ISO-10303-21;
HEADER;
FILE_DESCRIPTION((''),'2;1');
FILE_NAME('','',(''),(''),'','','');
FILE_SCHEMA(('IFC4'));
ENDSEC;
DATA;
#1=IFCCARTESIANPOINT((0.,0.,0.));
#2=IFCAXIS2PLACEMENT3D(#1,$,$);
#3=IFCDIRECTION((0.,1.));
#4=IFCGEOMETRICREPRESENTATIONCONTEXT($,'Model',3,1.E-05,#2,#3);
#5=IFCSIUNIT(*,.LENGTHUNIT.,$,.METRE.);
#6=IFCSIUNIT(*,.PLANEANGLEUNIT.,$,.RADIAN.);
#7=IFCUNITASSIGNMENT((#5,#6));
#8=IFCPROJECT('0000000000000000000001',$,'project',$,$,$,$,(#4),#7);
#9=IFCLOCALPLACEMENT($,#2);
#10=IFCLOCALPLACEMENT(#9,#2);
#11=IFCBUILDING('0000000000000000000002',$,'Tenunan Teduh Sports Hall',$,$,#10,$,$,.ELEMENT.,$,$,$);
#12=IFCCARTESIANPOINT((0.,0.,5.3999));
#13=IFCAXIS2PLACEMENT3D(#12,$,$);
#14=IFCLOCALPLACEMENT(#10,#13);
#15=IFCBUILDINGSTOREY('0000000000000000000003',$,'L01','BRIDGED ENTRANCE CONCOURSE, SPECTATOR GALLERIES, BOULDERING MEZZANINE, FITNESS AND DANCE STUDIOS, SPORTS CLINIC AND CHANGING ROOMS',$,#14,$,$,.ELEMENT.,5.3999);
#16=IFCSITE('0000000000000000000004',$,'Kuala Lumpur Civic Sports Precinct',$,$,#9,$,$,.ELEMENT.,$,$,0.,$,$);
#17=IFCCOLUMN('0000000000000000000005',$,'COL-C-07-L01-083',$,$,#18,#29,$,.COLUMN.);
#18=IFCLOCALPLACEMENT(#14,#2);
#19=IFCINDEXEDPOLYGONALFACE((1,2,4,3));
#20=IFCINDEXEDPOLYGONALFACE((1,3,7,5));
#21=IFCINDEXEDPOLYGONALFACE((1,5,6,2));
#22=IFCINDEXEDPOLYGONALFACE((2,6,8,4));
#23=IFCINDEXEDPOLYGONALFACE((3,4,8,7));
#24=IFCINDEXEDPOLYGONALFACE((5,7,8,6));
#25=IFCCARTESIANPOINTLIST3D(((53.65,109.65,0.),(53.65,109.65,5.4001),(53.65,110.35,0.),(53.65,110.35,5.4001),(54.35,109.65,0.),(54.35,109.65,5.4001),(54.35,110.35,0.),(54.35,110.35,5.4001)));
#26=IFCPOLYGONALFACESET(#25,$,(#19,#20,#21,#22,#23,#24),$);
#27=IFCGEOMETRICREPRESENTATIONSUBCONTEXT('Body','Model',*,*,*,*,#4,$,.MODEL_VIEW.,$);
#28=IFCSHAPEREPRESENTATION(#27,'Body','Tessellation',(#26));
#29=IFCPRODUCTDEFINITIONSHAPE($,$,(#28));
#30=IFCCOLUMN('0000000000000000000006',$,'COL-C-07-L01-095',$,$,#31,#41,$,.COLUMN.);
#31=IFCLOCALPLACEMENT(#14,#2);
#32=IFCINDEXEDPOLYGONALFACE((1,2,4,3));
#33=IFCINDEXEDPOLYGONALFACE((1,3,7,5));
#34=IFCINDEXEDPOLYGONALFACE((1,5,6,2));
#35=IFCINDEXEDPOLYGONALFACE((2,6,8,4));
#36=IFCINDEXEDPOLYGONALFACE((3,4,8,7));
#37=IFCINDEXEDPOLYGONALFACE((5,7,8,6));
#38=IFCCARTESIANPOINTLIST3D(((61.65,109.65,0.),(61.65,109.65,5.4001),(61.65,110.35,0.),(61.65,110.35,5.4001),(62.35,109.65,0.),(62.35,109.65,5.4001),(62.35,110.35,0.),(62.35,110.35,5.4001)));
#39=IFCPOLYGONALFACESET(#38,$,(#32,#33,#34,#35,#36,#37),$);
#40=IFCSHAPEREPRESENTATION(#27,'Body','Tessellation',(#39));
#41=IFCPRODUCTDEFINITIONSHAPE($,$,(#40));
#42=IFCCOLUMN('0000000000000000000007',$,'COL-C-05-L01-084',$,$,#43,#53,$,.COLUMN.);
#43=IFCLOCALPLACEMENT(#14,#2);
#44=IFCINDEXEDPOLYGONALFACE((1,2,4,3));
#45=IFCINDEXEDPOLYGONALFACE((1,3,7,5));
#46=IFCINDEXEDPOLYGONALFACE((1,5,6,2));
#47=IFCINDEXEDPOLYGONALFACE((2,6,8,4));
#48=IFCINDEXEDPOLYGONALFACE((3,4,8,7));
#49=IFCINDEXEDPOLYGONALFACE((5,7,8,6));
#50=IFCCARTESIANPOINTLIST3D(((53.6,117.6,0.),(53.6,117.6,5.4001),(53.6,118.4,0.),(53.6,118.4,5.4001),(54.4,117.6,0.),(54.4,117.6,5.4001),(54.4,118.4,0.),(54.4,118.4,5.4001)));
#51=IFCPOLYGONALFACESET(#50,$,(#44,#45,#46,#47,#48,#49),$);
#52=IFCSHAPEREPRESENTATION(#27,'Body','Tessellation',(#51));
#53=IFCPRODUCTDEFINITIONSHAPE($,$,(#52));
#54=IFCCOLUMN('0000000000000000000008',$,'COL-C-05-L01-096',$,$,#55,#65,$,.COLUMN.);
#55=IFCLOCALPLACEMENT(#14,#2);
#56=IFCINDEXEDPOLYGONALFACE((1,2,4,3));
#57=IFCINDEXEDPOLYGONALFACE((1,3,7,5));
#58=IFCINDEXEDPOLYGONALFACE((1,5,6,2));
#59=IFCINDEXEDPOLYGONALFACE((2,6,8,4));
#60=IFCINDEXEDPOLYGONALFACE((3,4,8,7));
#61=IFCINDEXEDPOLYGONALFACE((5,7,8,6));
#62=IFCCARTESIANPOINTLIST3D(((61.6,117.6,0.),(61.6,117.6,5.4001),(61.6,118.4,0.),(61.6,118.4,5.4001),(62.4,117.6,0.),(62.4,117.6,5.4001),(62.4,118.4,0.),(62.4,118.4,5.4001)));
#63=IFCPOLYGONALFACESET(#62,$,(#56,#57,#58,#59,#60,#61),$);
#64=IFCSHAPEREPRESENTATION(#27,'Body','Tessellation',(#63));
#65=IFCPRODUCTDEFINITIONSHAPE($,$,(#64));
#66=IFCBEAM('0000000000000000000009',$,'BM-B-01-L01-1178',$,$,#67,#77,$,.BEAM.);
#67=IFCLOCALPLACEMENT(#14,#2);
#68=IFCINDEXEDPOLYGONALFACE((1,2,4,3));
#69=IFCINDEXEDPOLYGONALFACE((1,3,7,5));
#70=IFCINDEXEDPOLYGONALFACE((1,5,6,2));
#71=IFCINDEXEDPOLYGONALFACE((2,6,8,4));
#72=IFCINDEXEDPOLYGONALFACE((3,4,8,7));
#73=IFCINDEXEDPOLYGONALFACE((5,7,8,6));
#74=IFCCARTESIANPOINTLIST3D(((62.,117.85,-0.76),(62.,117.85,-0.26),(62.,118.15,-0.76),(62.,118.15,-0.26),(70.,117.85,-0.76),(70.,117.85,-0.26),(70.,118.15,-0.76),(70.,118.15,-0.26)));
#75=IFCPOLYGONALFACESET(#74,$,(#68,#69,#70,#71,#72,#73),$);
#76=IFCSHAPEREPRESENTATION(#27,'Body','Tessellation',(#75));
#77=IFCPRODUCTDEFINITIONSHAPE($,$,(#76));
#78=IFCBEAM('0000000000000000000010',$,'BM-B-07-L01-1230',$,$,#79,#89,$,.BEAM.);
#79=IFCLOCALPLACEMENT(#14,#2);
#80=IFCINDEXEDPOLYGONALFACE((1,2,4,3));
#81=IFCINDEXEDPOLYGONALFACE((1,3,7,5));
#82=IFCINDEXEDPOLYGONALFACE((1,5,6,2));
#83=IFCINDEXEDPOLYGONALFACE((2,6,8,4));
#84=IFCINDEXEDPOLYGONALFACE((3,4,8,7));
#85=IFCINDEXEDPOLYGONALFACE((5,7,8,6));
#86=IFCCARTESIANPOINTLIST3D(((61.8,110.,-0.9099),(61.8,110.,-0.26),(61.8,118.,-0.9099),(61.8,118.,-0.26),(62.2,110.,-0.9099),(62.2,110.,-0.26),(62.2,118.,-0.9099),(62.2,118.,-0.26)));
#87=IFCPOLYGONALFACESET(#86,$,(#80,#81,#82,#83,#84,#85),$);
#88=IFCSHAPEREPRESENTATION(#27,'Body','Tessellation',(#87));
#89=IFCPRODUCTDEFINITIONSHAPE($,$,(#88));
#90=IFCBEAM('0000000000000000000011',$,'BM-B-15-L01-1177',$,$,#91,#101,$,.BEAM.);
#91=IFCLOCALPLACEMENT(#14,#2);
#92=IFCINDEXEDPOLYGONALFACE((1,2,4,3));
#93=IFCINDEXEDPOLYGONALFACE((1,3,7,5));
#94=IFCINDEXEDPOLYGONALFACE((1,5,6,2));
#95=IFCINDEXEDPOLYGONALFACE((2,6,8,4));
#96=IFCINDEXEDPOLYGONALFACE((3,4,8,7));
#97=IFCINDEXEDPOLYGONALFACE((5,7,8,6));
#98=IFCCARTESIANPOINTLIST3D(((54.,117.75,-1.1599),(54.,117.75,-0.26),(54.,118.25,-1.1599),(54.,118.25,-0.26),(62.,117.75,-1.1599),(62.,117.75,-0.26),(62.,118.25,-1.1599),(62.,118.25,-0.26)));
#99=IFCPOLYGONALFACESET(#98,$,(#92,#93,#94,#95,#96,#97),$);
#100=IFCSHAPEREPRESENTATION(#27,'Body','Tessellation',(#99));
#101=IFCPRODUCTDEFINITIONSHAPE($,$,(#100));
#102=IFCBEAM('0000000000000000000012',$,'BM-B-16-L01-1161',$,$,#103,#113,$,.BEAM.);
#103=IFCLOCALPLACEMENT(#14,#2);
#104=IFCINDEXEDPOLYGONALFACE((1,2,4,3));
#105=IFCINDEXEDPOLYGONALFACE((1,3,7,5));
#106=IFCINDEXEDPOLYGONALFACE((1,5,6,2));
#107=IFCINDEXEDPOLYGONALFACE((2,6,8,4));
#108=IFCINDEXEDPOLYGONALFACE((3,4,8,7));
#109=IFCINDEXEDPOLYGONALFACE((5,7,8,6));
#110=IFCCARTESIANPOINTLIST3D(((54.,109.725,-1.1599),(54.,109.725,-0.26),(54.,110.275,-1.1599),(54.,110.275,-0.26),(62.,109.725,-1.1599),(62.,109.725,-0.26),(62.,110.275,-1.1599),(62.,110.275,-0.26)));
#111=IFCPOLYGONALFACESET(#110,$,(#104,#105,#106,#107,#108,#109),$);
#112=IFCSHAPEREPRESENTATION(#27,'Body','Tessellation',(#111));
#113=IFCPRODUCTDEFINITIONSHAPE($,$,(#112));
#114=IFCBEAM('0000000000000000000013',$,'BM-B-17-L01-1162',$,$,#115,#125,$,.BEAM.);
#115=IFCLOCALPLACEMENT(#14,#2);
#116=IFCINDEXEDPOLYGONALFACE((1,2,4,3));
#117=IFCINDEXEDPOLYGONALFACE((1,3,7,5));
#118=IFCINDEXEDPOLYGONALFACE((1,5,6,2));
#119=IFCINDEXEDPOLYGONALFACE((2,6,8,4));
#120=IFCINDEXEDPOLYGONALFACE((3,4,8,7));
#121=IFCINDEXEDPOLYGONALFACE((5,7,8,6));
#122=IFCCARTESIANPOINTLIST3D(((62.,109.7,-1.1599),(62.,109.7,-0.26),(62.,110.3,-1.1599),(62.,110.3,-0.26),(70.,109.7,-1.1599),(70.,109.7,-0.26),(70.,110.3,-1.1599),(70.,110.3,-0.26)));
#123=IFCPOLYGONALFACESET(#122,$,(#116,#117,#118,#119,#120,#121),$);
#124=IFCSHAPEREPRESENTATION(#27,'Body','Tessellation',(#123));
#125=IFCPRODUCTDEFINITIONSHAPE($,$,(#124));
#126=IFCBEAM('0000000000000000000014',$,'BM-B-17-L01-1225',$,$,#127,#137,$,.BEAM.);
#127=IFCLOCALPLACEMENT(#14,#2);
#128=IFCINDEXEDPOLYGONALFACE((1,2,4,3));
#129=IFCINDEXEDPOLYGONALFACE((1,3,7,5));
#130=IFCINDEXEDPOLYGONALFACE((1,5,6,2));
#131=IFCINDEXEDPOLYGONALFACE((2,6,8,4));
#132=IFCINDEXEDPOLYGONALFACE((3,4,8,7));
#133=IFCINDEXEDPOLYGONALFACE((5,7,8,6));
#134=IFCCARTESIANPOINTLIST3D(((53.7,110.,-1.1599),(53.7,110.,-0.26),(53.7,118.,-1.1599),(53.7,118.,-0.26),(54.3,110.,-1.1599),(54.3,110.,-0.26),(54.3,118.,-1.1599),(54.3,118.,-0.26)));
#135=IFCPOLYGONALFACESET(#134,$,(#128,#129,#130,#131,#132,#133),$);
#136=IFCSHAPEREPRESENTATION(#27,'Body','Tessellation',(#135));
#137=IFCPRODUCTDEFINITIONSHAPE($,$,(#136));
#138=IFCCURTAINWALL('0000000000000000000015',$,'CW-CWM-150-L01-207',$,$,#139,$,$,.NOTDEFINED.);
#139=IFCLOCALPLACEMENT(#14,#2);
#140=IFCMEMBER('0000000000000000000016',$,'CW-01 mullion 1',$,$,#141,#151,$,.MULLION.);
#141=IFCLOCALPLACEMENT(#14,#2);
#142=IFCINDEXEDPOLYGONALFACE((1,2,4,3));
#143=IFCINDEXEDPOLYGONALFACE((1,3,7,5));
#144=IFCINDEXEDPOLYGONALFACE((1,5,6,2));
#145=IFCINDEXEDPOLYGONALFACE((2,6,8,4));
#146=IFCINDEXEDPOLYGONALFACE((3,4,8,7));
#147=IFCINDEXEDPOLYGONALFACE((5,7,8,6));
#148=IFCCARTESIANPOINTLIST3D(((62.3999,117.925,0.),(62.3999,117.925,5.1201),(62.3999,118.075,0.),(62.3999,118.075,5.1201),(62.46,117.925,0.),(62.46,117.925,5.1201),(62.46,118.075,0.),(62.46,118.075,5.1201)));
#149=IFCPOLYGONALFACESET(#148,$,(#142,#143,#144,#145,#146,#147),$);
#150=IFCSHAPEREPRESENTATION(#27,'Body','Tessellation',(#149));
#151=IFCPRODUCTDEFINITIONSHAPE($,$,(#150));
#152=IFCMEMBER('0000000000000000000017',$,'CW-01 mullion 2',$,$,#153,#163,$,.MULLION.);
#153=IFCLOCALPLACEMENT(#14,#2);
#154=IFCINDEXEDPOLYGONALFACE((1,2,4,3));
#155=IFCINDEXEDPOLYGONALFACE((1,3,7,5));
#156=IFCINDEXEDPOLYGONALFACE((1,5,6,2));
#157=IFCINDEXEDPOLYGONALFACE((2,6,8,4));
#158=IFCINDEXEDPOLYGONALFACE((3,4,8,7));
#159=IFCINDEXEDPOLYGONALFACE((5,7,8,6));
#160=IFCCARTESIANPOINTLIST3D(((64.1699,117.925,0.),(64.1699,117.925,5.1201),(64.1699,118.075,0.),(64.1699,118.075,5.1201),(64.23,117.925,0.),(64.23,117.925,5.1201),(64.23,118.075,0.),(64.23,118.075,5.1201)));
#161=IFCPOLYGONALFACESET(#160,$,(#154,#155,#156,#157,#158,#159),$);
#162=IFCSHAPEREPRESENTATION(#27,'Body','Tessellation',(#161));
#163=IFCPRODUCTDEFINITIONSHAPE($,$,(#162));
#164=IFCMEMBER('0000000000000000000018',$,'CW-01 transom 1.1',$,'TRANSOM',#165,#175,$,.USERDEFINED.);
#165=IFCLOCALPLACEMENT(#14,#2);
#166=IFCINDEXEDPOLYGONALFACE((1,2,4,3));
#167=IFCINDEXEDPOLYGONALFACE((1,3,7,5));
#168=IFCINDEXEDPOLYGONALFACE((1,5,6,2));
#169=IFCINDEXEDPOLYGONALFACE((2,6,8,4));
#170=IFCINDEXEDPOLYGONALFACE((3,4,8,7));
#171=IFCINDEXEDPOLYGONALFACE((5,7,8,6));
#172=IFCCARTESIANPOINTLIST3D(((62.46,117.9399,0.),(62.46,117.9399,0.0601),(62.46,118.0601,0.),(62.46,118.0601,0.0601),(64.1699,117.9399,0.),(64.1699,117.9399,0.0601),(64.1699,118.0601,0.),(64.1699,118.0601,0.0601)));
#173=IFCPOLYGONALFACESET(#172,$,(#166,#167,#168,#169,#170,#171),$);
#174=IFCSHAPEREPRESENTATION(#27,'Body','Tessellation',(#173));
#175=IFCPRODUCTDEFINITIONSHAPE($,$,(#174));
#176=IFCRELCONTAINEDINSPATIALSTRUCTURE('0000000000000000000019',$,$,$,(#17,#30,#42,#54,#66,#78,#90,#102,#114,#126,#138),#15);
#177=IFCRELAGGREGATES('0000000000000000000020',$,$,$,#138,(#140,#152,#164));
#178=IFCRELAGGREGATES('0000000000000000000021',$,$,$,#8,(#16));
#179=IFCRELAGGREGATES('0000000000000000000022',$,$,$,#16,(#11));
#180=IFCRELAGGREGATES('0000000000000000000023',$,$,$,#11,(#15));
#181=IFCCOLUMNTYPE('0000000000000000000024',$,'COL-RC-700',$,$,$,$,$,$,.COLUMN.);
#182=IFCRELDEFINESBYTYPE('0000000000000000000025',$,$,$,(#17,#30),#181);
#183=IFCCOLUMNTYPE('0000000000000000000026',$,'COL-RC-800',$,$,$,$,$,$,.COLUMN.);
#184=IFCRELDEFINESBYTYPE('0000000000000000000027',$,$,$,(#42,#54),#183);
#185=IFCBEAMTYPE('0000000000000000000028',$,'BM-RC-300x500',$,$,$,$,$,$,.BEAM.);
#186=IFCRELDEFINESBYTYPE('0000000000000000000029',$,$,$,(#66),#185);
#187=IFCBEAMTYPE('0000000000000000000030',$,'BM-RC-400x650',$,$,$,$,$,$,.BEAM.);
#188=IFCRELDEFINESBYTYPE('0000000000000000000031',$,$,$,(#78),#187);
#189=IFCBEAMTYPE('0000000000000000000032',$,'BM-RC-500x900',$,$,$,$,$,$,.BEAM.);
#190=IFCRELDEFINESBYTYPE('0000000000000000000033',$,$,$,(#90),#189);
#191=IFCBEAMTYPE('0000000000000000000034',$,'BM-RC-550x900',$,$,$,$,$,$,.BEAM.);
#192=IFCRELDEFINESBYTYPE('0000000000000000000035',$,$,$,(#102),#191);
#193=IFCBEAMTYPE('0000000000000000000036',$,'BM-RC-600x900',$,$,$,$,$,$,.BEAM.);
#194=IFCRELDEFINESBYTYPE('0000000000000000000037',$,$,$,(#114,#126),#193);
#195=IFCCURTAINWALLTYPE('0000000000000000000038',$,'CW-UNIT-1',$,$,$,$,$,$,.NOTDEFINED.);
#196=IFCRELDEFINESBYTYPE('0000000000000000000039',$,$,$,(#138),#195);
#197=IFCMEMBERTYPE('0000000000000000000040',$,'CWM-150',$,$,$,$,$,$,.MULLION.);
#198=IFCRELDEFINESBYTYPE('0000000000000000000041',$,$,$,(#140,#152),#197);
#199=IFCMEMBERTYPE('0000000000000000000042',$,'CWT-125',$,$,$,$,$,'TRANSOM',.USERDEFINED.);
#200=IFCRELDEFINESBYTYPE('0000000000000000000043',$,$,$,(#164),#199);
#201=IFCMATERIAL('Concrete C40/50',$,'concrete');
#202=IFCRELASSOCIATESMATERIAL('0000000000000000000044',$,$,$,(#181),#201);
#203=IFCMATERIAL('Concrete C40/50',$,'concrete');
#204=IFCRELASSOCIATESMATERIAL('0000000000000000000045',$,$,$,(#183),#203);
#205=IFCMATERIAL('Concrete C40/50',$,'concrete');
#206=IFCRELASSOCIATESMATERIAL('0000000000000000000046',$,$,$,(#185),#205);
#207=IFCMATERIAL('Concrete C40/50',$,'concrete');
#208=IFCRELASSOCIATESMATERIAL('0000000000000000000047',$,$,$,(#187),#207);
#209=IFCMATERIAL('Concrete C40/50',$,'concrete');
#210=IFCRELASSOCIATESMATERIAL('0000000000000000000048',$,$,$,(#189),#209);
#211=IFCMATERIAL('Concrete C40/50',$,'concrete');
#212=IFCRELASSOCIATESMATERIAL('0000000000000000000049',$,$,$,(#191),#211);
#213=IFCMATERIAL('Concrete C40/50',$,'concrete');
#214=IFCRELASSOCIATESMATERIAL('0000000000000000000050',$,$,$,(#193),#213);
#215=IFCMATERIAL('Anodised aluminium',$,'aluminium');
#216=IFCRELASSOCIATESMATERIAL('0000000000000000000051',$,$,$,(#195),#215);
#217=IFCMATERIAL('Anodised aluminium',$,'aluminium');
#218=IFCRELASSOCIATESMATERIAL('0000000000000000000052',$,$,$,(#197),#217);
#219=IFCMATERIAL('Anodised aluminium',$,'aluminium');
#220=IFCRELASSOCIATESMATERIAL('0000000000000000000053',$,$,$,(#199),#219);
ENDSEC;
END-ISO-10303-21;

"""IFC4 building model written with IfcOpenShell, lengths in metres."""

from ifc_helpers import new_model, si_unit, direction, frame, origin, origin_2d, place, context, subcontext, project, spatial, rectangle, extrude, material, material_profile, profile_set, type_object, element, aggregate, save


model = new_model("IFC4")

# Units and contexts
model_context = context("Model", 3, precision=1e-05, world=origin(), true_north=direction((0.0, 1.0)))
body_context = subcontext(model_context, "Body", "Model", "MODEL_VIEW")
ifc_project = project(units=[si_unit("LENGTHUNIT", "METRE"), si_unit("PLANEANGLEUNIT", "RADIAN")], contexts=[model_context])

# Site, building, storey
site_placement = place(None, origin())
site = spatial("IfcSite", under=ifc_project, at=site_placement, Name="Kuala Lumpur Civic Sports Precinct", CompositionType="ELEMENT", RefElevation=0.0)
building_placement = place(site_placement, origin())
building = spatial("IfcBuilding", under=site, at=building_placement, Name="Tenunan Teduh Sports Hall", CompositionType="ELEMENT")
storey_placement = place(building_placement, frame((0.0, 0.0, 5.3999)))
storey = spatial("IfcBuildingStorey", under=building, at=storey_placement, Name="L01", Description="BRIDGED ENTRANCE CONCOURSE, SPECTATOR GALLERIES, BOULDERING MEZZANINE, FITNESS AND DANCE STUDIOS, SPORTS CLINIC AND CHANGING ROOMS", CompositionType="ELEMENT", Elevation=5.3999)

# Columns
ifc_material_1 = material(Name="Concrete C40/50", Category="concrete")
ifc_material_profile_1 = material_profile(ifc_material_1, rectangle(XDim=0.7, YDim=0.7, at=origin_2d()), Name="RC 700x700")
ifc_profile_set_1 = profile_set([ifc_material_profile_1], Name="Concrete C40/50")
column_type_1 = type_object("IfcColumnType", Name="COL-RC-700", PredefinedType="COLUMN", material=ifc_profile_set_1)
for number, where, z_axis, x_axis, name in (
    (1, (54.0, 110.0, 0.0), (0.0, 0.0, 1.0), (1.0, 0.0, 0.0), "COL-C-07-L01-083"),
    (2, (62.0, 110.0, 0.0), (0.0, 0.0, 1.0), (1.0, 0.0, 0.0), "COL-C-07-L01-095"),
):
    element("IfcColumn", number, at=place(storey_placement, frame(where, z_axis=z_axis, x_axis=x_axis)), inside=storey, type_object=column_type_1, Name=name, PredefinedType="COLUMN", context=body_context, shape_type="SweptSolid", body=[
        extrude(rectangle(XDim=0.7, YDim=0.7, at=origin_2d()), origin(), (0.0, 0.0, 1.0), 5.4001),
    ])
ifc_material_2 = material(Name="Concrete C40/50", Category="concrete")
ifc_material_profile_2 = material_profile(ifc_material_2, rectangle(XDim=0.8, YDim=0.8, at=origin_2d()), Name="RC 800x800")
ifc_profile_set_2 = profile_set([ifc_material_profile_2], Name="Concrete C40/50")
column_type_2 = type_object("IfcColumnType", Name="COL-RC-800", PredefinedType="COLUMN", material=ifc_profile_set_2)
for number, where, z_axis, x_axis, name in (
    (3, (54.0, 118.0, 0.0), (0.0, 0.0, 1.0), (1.0, 0.0, 0.0), "COL-C-05-L01-084"),
    (4, (62.0, 118.0, 0.0), (0.0, 0.0, 1.0), (1.0, 0.0, 0.0), "COL-C-05-L01-096"),
):
    element("IfcColumn", number, at=place(storey_placement, frame(where, z_axis=z_axis, x_axis=x_axis)), inside=storey, type_object=column_type_2, Name=name, PredefinedType="COLUMN", context=body_context, shape_type="SweptSolid", body=[
        extrude(rectangle(XDim=0.8, YDim=0.8, at=origin_2d()), origin(), (0.0, 0.0, 1.0), 5.4001),
    ])

# Beams
ifc_material_3 = material(Name="Concrete C40/50", Category="concrete")
ifc_material_profile_3 = material_profile(ifc_material_3, rectangle(XDim=0.3, YDim=0.5, at=origin_2d()), Name="RCB 300x500")
ifc_profile_set_3 = profile_set([ifc_material_profile_3], Name="Concrete C40/50")
beam_type_1 = type_object("IfcBeamType", Name="BM-RC-300x500", PredefinedType="BEAM", material=ifc_profile_set_3)
beam_1_placement = place(storey_placement, frame((62.0, 118.0, -0.51), z_axis=(1.0, 0.0, 0.0), x_axis=(0.0, 1.0, 0.0)))
element("IfcBeam", 5, at=beam_1_placement, inside=storey, type_object=beam_type_1, Name="BM-B-01-L01-1178", PredefinedType="BEAM", context=body_context, shape_type="SweptSolid", body=[
    extrude(rectangle(XDim=0.3, YDim=0.5, at=origin_2d()), origin(), (0.0, 0.0, 1.0), 8.0),
])
ifc_material_4 = material(Name="Concrete C40/50", Category="concrete")
ifc_material_profile_4 = material_profile(ifc_material_4, rectangle(XDim=0.3999, YDim=0.6499, at=origin_2d()), Name="RCB 400x650")
ifc_profile_set_4 = profile_set([ifc_material_profile_4], Name="Concrete C40/50")
beam_type_2 = type_object("IfcBeamType", Name="BM-RC-400x650", PredefinedType="BEAM", material=ifc_profile_set_4)
beam_2_placement = place(storey_placement, frame((62.0, 110.0, -0.585), z_axis=(0.0, 1.0, 0.0), x_axis=(-1.0, 0.0, 0.0)))
element("IfcBeam", 6, at=beam_2_placement, inside=storey, type_object=beam_type_2, Name="BM-B-07-L01-1230", PredefinedType="BEAM", context=body_context, shape_type="SweptSolid", body=[
    extrude(rectangle(XDim=0.3999, YDim=0.6499, at=origin_2d()), origin(), (0.0, 0.0, 1.0), 8.0),
])
ifc_material_5 = material(Name="Concrete C40/50", Category="concrete")
ifc_material_profile_5 = material_profile(ifc_material_5, rectangle(XDim=0.5, YDim=0.8999, at=origin_2d()), Name="RCB 500x900")
ifc_profile_set_5 = profile_set([ifc_material_profile_5], Name="Concrete C40/50")
beam_type_3 = type_object("IfcBeamType", Name="BM-RC-500x900", PredefinedType="BEAM", material=ifc_profile_set_5)
beam_3_placement = place(storey_placement, frame((54.0, 118.0, -0.71), z_axis=(1.0, 0.0, 0.0), x_axis=(0.0, 1.0, 0.0)))
element("IfcBeam", 7, at=beam_3_placement, inside=storey, type_object=beam_type_3, Name="BM-B-15-L01-1177", PredefinedType="BEAM", context=body_context, shape_type="SweptSolid", body=[
    extrude(rectangle(XDim=0.5, YDim=0.8999, at=origin_2d()), origin(), (0.0, 0.0, 1.0), 8.0),
])
ifc_material_6 = material(Name="Concrete C40/50", Category="concrete")
ifc_material_profile_6 = material_profile(ifc_material_6, rectangle(XDim=0.55, YDim=0.8999, at=origin_2d()), Name="RCB 550x900")
ifc_profile_set_6 = profile_set([ifc_material_profile_6], Name="Concrete C40/50")
beam_type_4 = type_object("IfcBeamType", Name="BM-RC-550x900", PredefinedType="BEAM", material=ifc_profile_set_6)
beam_4_placement = place(storey_placement, frame((54.0, 110.0, -0.71), z_axis=(1.0, 0.0, 0.0), x_axis=(0.0, 1.0, 0.0)))
element("IfcBeam", 8, at=beam_4_placement, inside=storey, type_object=beam_type_4, Name="BM-B-16-L01-1161", PredefinedType="BEAM", context=body_context, shape_type="SweptSolid", body=[
    extrude(rectangle(XDim=0.55, YDim=0.8999, at=origin_2d()), origin(), (0.0, 0.0, 1.0), 8.0),
])
ifc_material_7 = material(Name="Concrete C40/50", Category="concrete")
ifc_material_profile_7 = material_profile(ifc_material_7, rectangle(XDim=0.6001, YDim=0.8999, at=origin_2d()), Name="RCB 600x900")
ifc_profile_set_7 = profile_set([ifc_material_profile_7], Name="Concrete C40/50")
beam_type_5 = type_object("IfcBeamType", Name="BM-RC-600x900", PredefinedType="BEAM", material=ifc_profile_set_7)
for number, where, z_axis, x_axis, name in (
    (9, (62.0, 110.0, -0.71), (1.0, 0.0, 0.0), (0.0, 1.0, 0.0), "BM-B-17-L01-1162"),
    (10, (54.0, 110.0, -0.71), (0.0, 1.0, 0.0), (-1.0, 0.0, 0.0), "BM-B-17-L01-1225"),
):
    element("IfcBeam", number, at=place(storey_placement, frame(where, z_axis=z_axis, x_axis=x_axis)), inside=storey, type_object=beam_type_5, Name=name, PredefinedType="BEAM", context=body_context, shape_type="SweptSolid", body=[
        extrude(rectangle(XDim=0.6001, YDim=0.8999, at=origin_2d()), origin(), (0.0, 0.0, 1.0), 8.0),
    ])

# Curtain wall, members
ifc_material_8 = material(Name="Anodised aluminium", Category="aluminium")
curtain_wall_type = type_object("IfcCurtainWallType", Name="CW-UNIT-1", PredefinedType="NOTDEFINED", material=ifc_material_8)
curtain_wall_placement = place(storey_placement, origin())
curtain_wall = element("IfcCurtainWall", 11, at=curtain_wall_placement, inside=storey, type_object=curtain_wall_type, Name="CW-CWM-150-L01-207", PredefinedType="NOTDEFINED")
ifc_material_9 = material(Name="Anodised aluminium", Category="aluminium")
ifc_material_profile_8 = material_profile(ifc_material_9, rectangle(XDim=0.0601, YDim=0.1499, at=origin_2d()), Name="CWM 60x150")
ifc_profile_set_8 = profile_set([ifc_material_profile_8], Name="Anodised aluminium")
member_type_1 = type_object("IfcMemberType", Name="CWM-150", PredefinedType="MULLION", material=ifc_profile_set_8)
member_1_placement = place(storey_placement, frame((62.4299, 118.0, 0.0), z_axis=(0.0, 0.0, 1.0), x_axis=(1.0, 0.0, 0.0)))
member_1 = element("IfcMember", 12, at=member_1_placement, type_object=member_type_1, Name="CW-01 mullion 1", PredefinedType="MULLION", context=body_context, shape_type="SweptSolid", body=[
    extrude(rectangle(XDim=0.0601, YDim=0.1499, at=origin_2d()), origin(), (0.0, 0.0, 1.0), 5.1201),
])
member_2_placement = place(storey_placement, frame((64.2, 118.0, 0.0), z_axis=(0.0, 0.0, 1.0), x_axis=(1.0, 0.0, 0.0)))
member_2 = element("IfcMember", 13, at=member_2_placement, type_object=member_type_1, Name="CW-01 mullion 2", PredefinedType="MULLION", context=body_context, shape_type="SweptSolid", body=[
    extrude(rectangle(XDim=0.0601, YDim=0.1499, at=origin_2d()), origin(), (0.0, 0.0, 1.0), 5.1201),
])
ifc_material_10 = material(Name="Anodised aluminium", Category="aluminium")
ifc_material_profile_9 = material_profile(ifc_material_10, rectangle(XDim=0.0601, YDim=0.1201, at=origin_2d()), Name="CWT 60x120")
ifc_profile_set_9 = profile_set([ifc_material_profile_9], Name="Anodised aluminium")
member_type_2 = type_object("IfcMemberType", Name="CWT-125", ElementType="TRANSOM", PredefinedType="USERDEFINED", material=ifc_profile_set_9)
member_3_placement = place(storey_placement, frame((62.46, 118.0, 0.03), z_axis=(1.0, 0.0, 0.0), x_axis=(0.0, 0.0, 1.0)))
member_3 = element("IfcMember", 14, at=member_3_placement, type_object=member_type_2, Name="CW-01 transom 1.1", ObjectType="TRANSOM", PredefinedType="USERDEFINED", context=body_context, shape_type="SweptSolid", body=[
    extrude(rectangle(XDim=0.0601, YDim=0.1201, at=origin_2d()), origin(), (0.0, 0.0, 1.0), 1.71),
])

aggregate(curtain_wall, [member_1, member_2, member_3])

save(model, "model.ifc")
